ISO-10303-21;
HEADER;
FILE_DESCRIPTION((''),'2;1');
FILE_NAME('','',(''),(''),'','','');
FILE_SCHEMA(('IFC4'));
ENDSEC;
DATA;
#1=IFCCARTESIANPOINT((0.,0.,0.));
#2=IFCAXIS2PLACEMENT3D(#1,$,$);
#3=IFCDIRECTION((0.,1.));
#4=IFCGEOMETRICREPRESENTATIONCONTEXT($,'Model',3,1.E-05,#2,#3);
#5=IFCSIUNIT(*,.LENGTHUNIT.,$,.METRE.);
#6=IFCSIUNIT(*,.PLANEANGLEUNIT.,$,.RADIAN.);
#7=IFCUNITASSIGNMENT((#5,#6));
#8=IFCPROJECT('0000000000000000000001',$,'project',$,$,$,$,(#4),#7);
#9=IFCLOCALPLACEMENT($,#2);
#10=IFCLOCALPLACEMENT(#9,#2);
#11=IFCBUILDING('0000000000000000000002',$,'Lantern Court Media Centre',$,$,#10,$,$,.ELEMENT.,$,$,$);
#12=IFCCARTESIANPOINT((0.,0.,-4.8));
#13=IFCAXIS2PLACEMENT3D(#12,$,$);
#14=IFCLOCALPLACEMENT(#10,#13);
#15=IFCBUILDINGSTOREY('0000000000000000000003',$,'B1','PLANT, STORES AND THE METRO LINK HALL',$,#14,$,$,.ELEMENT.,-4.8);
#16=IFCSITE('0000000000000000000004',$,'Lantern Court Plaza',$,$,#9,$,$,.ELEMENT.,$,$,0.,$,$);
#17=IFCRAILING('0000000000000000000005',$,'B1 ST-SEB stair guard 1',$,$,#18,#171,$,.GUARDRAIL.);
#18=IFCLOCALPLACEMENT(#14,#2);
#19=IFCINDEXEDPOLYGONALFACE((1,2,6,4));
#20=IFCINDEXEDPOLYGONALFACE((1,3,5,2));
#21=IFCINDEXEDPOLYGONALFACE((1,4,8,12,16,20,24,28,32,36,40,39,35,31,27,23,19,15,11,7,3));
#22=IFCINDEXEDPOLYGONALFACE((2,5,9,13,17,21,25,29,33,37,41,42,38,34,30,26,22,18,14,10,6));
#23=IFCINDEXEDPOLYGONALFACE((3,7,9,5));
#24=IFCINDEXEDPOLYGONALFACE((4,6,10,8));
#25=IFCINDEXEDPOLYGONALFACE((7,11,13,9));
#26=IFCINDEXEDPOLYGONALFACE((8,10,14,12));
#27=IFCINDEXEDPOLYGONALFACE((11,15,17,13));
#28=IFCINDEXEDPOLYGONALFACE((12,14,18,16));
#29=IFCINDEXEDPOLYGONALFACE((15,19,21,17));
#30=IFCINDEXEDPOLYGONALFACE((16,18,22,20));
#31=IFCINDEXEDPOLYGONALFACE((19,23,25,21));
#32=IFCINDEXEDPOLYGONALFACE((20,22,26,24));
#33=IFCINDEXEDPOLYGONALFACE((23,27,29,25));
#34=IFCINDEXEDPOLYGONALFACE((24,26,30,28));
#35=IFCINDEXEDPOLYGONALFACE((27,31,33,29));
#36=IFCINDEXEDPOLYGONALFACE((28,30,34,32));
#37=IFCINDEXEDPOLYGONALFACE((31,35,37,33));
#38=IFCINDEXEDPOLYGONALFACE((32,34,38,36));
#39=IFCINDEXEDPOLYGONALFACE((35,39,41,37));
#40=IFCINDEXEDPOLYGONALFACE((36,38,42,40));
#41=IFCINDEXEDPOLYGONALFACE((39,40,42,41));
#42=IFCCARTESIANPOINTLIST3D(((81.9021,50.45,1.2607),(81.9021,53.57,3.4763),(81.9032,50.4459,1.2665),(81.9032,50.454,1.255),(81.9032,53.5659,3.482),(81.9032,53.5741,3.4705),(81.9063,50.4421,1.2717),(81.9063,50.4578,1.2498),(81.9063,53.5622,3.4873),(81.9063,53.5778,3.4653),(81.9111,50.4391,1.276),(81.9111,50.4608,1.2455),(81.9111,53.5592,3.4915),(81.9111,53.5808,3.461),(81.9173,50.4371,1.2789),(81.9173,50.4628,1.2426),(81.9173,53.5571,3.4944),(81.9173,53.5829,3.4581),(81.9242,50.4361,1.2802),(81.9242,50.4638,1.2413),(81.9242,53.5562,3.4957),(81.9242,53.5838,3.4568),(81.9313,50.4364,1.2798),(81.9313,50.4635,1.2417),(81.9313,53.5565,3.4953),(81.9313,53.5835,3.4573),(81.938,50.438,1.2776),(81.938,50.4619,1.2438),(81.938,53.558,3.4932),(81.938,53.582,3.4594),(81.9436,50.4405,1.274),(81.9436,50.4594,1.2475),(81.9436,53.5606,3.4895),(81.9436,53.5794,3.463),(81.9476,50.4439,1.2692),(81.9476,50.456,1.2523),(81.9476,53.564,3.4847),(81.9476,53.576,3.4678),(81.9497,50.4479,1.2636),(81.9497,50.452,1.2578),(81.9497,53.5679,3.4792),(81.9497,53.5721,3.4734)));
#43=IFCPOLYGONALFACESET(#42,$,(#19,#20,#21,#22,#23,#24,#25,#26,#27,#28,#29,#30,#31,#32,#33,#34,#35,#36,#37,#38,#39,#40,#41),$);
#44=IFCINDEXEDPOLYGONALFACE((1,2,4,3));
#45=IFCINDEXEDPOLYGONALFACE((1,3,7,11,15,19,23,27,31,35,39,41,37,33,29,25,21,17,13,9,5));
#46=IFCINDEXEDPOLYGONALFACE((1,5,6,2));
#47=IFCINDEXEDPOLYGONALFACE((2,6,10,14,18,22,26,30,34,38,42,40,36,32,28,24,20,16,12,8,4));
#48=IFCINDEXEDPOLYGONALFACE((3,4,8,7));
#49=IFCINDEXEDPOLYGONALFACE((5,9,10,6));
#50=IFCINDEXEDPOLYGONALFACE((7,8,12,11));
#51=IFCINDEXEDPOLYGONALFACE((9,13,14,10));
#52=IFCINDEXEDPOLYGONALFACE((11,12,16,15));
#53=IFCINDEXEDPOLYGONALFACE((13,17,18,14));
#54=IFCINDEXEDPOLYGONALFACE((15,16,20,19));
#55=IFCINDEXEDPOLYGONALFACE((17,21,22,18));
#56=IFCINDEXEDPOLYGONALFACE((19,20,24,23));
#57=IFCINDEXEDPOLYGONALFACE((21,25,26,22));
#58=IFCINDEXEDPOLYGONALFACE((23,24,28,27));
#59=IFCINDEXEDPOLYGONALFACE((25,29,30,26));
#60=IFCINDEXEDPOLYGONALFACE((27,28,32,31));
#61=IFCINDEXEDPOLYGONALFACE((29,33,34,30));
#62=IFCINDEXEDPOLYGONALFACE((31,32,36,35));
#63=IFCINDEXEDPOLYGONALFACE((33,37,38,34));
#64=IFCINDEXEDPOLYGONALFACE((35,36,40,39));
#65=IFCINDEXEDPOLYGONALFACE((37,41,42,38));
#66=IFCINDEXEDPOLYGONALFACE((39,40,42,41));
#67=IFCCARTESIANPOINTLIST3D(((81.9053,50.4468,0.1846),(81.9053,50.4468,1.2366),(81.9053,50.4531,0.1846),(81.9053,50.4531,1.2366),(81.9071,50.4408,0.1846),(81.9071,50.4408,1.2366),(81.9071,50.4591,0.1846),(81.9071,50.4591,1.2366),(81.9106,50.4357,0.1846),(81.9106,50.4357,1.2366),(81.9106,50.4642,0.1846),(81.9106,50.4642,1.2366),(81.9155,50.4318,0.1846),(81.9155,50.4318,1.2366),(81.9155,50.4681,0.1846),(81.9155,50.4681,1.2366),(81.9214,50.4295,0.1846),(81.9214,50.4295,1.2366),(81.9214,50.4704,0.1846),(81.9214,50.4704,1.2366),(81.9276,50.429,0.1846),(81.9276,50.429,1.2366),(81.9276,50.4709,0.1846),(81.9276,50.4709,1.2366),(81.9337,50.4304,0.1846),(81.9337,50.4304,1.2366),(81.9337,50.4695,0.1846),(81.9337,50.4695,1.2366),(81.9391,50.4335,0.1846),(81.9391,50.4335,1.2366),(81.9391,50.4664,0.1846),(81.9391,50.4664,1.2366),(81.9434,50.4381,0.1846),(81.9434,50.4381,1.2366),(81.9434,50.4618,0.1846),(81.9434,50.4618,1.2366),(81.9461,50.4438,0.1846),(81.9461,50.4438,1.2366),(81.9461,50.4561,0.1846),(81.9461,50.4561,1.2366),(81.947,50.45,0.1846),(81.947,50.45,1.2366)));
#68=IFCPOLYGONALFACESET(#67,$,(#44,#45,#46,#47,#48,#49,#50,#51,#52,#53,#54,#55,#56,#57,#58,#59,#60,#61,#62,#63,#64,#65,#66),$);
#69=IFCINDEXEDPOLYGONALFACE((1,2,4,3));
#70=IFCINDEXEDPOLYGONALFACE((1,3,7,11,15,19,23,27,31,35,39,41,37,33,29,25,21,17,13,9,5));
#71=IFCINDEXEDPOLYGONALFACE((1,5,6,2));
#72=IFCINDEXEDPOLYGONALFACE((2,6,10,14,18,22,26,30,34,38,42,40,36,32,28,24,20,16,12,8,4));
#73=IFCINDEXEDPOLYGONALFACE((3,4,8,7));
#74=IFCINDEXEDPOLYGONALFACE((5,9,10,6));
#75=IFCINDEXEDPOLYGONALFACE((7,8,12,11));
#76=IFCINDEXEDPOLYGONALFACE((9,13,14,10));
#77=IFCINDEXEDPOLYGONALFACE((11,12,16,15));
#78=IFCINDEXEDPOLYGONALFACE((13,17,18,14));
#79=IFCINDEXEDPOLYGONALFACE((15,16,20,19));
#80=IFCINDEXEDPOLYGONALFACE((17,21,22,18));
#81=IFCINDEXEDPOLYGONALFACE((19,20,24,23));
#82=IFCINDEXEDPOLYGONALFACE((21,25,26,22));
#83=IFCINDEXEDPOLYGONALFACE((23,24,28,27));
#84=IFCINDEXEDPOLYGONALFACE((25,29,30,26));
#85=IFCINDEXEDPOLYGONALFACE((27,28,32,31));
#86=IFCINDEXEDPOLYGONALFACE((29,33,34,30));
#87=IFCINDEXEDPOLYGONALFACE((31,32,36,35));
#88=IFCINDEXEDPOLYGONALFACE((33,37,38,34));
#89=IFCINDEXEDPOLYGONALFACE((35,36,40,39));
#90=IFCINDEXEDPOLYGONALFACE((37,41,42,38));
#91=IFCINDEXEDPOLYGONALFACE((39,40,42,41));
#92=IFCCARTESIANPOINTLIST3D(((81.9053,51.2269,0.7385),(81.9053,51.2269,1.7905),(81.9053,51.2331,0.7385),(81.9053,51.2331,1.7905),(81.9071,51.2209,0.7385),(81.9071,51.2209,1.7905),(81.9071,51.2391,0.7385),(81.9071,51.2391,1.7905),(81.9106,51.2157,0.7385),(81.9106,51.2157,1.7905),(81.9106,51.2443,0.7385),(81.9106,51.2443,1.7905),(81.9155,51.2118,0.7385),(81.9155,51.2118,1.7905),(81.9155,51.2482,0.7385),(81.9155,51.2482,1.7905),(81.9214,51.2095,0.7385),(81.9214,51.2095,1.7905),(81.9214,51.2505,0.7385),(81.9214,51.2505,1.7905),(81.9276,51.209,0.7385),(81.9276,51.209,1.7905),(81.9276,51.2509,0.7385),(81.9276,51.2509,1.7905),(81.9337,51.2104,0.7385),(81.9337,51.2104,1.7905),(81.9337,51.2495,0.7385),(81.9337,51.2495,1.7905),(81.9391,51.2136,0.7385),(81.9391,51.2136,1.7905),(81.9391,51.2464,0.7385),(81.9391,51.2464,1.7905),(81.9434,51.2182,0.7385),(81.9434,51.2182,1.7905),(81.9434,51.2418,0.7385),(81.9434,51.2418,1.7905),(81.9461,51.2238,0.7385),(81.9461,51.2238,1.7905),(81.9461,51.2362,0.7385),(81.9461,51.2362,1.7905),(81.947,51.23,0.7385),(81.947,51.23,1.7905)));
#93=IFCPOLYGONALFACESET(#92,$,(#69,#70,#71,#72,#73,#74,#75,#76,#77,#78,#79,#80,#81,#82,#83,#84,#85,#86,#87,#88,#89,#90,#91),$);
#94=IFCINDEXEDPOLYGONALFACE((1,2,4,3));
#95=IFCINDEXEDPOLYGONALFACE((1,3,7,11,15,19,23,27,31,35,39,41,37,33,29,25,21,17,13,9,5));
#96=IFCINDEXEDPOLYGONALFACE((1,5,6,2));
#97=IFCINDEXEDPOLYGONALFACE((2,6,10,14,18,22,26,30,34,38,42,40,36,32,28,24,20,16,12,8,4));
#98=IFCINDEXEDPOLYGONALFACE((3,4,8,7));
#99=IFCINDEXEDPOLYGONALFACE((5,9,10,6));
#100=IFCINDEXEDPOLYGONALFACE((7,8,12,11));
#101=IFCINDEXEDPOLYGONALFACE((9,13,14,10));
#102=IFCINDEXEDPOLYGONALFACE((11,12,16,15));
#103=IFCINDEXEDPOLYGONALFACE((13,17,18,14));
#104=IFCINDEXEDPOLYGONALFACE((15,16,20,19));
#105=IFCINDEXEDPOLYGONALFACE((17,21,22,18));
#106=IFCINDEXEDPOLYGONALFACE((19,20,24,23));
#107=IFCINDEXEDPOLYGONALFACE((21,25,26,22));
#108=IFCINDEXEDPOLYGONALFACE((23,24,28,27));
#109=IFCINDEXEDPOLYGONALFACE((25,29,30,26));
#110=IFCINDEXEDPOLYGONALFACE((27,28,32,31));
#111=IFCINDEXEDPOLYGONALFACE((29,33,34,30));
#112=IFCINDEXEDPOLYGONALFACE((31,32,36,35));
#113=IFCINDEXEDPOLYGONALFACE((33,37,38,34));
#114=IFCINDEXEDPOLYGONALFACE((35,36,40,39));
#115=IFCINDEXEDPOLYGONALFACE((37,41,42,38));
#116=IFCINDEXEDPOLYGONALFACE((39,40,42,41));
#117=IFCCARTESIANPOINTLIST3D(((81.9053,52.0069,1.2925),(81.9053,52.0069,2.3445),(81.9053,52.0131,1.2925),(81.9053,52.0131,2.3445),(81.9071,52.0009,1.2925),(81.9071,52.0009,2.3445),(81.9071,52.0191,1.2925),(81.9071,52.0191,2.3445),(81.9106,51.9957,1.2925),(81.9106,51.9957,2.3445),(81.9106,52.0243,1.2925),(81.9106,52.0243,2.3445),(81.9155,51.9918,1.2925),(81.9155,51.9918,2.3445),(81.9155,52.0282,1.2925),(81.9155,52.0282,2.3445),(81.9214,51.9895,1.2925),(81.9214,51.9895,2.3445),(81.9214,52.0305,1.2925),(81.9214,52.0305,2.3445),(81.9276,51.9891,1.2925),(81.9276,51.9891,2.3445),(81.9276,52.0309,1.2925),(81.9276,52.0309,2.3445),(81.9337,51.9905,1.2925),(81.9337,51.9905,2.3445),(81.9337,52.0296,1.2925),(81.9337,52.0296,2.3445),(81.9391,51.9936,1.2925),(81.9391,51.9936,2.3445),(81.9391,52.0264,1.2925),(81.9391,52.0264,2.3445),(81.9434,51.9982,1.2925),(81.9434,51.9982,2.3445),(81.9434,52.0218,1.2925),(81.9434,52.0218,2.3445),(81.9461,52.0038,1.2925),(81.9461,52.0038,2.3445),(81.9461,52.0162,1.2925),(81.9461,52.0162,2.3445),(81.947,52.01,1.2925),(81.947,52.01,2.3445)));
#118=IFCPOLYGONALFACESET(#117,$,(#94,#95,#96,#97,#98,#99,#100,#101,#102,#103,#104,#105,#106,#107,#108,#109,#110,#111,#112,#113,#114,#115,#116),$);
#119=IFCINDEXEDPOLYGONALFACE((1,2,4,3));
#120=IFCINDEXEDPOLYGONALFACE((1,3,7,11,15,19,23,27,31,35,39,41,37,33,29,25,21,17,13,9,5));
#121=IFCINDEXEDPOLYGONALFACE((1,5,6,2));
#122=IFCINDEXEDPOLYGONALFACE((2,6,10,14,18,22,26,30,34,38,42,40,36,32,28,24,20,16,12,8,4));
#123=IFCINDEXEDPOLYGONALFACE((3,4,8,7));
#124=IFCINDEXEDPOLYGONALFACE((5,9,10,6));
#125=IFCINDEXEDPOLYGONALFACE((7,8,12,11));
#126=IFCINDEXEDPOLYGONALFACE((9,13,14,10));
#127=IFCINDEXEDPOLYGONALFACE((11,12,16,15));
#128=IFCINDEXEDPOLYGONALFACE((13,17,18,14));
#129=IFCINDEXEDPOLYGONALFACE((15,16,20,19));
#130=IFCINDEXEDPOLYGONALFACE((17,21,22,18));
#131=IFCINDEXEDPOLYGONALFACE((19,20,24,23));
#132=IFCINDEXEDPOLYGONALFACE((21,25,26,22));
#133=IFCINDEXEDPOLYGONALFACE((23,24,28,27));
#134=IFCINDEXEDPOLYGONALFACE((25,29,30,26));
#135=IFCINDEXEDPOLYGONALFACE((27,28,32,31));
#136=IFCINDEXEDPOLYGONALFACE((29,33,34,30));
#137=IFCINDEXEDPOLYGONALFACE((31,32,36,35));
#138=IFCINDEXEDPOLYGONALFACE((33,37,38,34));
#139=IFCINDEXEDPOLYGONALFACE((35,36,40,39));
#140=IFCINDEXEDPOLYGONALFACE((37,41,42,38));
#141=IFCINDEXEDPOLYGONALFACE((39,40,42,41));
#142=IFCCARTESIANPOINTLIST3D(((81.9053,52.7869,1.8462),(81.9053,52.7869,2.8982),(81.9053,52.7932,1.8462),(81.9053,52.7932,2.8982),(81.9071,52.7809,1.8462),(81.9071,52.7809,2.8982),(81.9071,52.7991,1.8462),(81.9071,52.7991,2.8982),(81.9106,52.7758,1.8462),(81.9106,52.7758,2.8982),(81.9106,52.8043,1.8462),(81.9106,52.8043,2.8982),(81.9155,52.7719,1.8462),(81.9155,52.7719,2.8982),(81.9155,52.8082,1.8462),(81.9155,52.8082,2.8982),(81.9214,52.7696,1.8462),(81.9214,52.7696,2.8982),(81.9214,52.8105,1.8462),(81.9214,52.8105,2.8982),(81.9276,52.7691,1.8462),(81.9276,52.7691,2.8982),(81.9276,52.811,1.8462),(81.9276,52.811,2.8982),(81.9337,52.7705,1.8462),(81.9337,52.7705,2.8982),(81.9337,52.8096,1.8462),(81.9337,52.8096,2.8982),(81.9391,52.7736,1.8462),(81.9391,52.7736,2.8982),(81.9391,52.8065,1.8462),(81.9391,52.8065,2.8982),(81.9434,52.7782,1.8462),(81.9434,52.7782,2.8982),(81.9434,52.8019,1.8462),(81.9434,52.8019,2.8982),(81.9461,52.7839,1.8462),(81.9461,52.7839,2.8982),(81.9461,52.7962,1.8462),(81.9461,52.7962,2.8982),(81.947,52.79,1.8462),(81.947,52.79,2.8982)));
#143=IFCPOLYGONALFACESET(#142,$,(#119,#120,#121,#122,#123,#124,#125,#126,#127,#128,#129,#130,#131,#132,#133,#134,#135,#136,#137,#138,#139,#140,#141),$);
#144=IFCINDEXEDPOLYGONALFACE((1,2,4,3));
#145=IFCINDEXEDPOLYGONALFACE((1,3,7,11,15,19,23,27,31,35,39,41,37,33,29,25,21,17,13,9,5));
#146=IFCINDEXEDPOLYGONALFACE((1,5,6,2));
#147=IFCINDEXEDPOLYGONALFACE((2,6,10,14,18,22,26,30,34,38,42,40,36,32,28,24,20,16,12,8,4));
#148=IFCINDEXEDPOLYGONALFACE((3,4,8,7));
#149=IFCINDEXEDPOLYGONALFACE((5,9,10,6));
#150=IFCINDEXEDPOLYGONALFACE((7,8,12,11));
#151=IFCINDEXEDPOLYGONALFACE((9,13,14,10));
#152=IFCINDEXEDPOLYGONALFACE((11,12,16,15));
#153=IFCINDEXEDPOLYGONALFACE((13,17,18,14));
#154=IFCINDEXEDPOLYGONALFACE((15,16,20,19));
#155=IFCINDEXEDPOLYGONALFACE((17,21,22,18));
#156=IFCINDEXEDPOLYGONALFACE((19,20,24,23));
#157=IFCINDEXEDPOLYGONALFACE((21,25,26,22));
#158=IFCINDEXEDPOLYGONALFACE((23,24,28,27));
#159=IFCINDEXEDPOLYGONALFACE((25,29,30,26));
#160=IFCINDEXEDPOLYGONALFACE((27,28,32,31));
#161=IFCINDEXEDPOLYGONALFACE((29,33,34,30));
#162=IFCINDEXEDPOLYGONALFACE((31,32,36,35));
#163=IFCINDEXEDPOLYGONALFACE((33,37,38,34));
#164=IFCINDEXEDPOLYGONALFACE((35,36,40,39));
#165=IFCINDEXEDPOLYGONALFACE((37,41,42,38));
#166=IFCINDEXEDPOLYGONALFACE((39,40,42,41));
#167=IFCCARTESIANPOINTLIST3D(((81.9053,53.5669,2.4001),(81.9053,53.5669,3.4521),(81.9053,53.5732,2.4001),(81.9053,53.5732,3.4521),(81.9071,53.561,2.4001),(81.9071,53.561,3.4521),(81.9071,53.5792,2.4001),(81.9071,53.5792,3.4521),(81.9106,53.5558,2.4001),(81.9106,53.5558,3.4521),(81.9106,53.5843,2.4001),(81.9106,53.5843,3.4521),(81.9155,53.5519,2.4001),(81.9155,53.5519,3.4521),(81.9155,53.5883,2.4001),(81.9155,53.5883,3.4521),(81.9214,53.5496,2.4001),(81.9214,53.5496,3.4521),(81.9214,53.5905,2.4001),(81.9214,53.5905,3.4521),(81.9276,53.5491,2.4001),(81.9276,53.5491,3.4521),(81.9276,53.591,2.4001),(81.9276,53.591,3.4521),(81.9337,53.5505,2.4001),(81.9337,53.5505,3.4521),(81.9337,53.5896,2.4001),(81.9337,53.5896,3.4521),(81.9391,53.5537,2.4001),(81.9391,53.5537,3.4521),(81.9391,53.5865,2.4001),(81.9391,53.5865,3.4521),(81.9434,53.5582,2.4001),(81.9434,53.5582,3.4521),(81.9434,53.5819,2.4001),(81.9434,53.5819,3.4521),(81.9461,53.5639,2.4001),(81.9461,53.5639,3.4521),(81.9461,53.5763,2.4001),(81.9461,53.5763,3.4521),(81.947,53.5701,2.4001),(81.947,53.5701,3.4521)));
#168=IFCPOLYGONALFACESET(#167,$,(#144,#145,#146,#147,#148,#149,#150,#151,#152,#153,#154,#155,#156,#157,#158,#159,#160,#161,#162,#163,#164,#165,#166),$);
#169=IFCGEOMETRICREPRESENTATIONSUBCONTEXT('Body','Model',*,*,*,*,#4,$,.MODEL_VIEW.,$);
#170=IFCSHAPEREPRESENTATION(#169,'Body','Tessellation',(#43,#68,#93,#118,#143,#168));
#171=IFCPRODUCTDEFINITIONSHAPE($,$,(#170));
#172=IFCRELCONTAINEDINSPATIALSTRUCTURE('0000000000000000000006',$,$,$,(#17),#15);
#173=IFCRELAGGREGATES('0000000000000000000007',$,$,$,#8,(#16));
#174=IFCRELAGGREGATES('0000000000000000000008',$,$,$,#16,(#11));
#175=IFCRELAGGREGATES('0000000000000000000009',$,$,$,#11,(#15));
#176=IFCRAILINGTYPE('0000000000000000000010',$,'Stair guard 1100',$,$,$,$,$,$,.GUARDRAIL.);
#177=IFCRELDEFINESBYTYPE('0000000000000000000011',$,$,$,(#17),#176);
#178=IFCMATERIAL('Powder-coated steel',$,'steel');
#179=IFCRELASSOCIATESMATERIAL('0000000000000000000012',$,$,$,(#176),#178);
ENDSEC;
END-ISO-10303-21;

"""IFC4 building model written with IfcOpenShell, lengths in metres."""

from ifc_helpers import new_model, si_unit, direction, frame, origin, origin_2d, place, context, subcontext, project, spatial, circle, extrude, material, type_object, element, save


model = new_model("IFC4")

# Units and contexts
model_context = context("Model", 3, precision=1e-05, world=origin(), true_north=direction((0.0, 1.0)))
body_context = subcontext(model_context, "Body", "Model", "MODEL_VIEW")
ifc_project = project(units=[si_unit("LENGTHUNIT", "METRE"), si_unit("PLANEANGLEUNIT", "RADIAN")], contexts=[model_context])

# Site, building, storey
site_placement = place(None, origin())
site = spatial("IfcSite", under=ifc_project, at=site_placement, Name="Lantern Court Plaza", CompositionType="ELEMENT", RefElevation=0.0)
building_placement = place(site_placement, origin())
building = spatial("IfcBuilding", under=site, at=building_placement, Name="Lantern Court Media Centre", CompositionType="ELEMENT")
storey_placement = place(building_placement, frame((0.0, 0.0, -4.8)))
storey = spatial("IfcBuildingStorey", under=building, at=storey_placement, Name="B1", Description="PLANT, STORES AND THE METRO LINK HALL", CompositionType="ELEMENT", Elevation=-4.8)

# Railing
ifc_material_1 = material(Name="Powder-coated steel", Category="steel")
railing_type_1 = type_object("IfcRailingType", Name="Stair guard 1100", PredefinedType="GUARDRAIL", material=ifc_material_1)
railing_1_placement = place(storey_placement, frame((81.926, 50.45, 0.1846)))
element("IfcRailing", 1, at=railing_1_placement, inside=storey, type_object=railing_type_1, Name="B1 ST-SEB stair guard 1", PredefinedType="GUARDRAIL", context=body_context, shape_type="SweptSolid", body=[
    extrude(circle(Radius=0.0239, at=origin_2d()), frame((0.0, 0.0, 1.0762), z_axis=(0.0, 0.815347, 0.578973), x_axis=(-1.0, 0.0, 0.0)), (0.0, 0.0, 1.0), 3.8267),
    extrude(circle(Radius=0.021, at=origin_2d()), origin(), (0.0, 0.0, 1.0), 1.052),
    extrude(circle(Radius=0.021, at=origin_2d()), frame((0.0, 0.78, 0.554)), (0.0, 0.0, 1.0), 1.052),
    extrude(circle(Radius=0.021, at=origin_2d()), frame((0.0, 1.5601, 1.1079)), (0.0, 0.0, 1.0), 1.052),
    extrude(circle(Radius=0.021, at=origin_2d()), frame((0.0, 2.3401, 1.6616)), (0.0, 0.0, 1.0), 1.052),
    extrude(circle(Radius=0.021, at=origin_2d()), frame((0.0, 3.1201, 2.2156)), (0.0, 0.0, 1.0), 1.052),
])

save(model, "model.ifc")
